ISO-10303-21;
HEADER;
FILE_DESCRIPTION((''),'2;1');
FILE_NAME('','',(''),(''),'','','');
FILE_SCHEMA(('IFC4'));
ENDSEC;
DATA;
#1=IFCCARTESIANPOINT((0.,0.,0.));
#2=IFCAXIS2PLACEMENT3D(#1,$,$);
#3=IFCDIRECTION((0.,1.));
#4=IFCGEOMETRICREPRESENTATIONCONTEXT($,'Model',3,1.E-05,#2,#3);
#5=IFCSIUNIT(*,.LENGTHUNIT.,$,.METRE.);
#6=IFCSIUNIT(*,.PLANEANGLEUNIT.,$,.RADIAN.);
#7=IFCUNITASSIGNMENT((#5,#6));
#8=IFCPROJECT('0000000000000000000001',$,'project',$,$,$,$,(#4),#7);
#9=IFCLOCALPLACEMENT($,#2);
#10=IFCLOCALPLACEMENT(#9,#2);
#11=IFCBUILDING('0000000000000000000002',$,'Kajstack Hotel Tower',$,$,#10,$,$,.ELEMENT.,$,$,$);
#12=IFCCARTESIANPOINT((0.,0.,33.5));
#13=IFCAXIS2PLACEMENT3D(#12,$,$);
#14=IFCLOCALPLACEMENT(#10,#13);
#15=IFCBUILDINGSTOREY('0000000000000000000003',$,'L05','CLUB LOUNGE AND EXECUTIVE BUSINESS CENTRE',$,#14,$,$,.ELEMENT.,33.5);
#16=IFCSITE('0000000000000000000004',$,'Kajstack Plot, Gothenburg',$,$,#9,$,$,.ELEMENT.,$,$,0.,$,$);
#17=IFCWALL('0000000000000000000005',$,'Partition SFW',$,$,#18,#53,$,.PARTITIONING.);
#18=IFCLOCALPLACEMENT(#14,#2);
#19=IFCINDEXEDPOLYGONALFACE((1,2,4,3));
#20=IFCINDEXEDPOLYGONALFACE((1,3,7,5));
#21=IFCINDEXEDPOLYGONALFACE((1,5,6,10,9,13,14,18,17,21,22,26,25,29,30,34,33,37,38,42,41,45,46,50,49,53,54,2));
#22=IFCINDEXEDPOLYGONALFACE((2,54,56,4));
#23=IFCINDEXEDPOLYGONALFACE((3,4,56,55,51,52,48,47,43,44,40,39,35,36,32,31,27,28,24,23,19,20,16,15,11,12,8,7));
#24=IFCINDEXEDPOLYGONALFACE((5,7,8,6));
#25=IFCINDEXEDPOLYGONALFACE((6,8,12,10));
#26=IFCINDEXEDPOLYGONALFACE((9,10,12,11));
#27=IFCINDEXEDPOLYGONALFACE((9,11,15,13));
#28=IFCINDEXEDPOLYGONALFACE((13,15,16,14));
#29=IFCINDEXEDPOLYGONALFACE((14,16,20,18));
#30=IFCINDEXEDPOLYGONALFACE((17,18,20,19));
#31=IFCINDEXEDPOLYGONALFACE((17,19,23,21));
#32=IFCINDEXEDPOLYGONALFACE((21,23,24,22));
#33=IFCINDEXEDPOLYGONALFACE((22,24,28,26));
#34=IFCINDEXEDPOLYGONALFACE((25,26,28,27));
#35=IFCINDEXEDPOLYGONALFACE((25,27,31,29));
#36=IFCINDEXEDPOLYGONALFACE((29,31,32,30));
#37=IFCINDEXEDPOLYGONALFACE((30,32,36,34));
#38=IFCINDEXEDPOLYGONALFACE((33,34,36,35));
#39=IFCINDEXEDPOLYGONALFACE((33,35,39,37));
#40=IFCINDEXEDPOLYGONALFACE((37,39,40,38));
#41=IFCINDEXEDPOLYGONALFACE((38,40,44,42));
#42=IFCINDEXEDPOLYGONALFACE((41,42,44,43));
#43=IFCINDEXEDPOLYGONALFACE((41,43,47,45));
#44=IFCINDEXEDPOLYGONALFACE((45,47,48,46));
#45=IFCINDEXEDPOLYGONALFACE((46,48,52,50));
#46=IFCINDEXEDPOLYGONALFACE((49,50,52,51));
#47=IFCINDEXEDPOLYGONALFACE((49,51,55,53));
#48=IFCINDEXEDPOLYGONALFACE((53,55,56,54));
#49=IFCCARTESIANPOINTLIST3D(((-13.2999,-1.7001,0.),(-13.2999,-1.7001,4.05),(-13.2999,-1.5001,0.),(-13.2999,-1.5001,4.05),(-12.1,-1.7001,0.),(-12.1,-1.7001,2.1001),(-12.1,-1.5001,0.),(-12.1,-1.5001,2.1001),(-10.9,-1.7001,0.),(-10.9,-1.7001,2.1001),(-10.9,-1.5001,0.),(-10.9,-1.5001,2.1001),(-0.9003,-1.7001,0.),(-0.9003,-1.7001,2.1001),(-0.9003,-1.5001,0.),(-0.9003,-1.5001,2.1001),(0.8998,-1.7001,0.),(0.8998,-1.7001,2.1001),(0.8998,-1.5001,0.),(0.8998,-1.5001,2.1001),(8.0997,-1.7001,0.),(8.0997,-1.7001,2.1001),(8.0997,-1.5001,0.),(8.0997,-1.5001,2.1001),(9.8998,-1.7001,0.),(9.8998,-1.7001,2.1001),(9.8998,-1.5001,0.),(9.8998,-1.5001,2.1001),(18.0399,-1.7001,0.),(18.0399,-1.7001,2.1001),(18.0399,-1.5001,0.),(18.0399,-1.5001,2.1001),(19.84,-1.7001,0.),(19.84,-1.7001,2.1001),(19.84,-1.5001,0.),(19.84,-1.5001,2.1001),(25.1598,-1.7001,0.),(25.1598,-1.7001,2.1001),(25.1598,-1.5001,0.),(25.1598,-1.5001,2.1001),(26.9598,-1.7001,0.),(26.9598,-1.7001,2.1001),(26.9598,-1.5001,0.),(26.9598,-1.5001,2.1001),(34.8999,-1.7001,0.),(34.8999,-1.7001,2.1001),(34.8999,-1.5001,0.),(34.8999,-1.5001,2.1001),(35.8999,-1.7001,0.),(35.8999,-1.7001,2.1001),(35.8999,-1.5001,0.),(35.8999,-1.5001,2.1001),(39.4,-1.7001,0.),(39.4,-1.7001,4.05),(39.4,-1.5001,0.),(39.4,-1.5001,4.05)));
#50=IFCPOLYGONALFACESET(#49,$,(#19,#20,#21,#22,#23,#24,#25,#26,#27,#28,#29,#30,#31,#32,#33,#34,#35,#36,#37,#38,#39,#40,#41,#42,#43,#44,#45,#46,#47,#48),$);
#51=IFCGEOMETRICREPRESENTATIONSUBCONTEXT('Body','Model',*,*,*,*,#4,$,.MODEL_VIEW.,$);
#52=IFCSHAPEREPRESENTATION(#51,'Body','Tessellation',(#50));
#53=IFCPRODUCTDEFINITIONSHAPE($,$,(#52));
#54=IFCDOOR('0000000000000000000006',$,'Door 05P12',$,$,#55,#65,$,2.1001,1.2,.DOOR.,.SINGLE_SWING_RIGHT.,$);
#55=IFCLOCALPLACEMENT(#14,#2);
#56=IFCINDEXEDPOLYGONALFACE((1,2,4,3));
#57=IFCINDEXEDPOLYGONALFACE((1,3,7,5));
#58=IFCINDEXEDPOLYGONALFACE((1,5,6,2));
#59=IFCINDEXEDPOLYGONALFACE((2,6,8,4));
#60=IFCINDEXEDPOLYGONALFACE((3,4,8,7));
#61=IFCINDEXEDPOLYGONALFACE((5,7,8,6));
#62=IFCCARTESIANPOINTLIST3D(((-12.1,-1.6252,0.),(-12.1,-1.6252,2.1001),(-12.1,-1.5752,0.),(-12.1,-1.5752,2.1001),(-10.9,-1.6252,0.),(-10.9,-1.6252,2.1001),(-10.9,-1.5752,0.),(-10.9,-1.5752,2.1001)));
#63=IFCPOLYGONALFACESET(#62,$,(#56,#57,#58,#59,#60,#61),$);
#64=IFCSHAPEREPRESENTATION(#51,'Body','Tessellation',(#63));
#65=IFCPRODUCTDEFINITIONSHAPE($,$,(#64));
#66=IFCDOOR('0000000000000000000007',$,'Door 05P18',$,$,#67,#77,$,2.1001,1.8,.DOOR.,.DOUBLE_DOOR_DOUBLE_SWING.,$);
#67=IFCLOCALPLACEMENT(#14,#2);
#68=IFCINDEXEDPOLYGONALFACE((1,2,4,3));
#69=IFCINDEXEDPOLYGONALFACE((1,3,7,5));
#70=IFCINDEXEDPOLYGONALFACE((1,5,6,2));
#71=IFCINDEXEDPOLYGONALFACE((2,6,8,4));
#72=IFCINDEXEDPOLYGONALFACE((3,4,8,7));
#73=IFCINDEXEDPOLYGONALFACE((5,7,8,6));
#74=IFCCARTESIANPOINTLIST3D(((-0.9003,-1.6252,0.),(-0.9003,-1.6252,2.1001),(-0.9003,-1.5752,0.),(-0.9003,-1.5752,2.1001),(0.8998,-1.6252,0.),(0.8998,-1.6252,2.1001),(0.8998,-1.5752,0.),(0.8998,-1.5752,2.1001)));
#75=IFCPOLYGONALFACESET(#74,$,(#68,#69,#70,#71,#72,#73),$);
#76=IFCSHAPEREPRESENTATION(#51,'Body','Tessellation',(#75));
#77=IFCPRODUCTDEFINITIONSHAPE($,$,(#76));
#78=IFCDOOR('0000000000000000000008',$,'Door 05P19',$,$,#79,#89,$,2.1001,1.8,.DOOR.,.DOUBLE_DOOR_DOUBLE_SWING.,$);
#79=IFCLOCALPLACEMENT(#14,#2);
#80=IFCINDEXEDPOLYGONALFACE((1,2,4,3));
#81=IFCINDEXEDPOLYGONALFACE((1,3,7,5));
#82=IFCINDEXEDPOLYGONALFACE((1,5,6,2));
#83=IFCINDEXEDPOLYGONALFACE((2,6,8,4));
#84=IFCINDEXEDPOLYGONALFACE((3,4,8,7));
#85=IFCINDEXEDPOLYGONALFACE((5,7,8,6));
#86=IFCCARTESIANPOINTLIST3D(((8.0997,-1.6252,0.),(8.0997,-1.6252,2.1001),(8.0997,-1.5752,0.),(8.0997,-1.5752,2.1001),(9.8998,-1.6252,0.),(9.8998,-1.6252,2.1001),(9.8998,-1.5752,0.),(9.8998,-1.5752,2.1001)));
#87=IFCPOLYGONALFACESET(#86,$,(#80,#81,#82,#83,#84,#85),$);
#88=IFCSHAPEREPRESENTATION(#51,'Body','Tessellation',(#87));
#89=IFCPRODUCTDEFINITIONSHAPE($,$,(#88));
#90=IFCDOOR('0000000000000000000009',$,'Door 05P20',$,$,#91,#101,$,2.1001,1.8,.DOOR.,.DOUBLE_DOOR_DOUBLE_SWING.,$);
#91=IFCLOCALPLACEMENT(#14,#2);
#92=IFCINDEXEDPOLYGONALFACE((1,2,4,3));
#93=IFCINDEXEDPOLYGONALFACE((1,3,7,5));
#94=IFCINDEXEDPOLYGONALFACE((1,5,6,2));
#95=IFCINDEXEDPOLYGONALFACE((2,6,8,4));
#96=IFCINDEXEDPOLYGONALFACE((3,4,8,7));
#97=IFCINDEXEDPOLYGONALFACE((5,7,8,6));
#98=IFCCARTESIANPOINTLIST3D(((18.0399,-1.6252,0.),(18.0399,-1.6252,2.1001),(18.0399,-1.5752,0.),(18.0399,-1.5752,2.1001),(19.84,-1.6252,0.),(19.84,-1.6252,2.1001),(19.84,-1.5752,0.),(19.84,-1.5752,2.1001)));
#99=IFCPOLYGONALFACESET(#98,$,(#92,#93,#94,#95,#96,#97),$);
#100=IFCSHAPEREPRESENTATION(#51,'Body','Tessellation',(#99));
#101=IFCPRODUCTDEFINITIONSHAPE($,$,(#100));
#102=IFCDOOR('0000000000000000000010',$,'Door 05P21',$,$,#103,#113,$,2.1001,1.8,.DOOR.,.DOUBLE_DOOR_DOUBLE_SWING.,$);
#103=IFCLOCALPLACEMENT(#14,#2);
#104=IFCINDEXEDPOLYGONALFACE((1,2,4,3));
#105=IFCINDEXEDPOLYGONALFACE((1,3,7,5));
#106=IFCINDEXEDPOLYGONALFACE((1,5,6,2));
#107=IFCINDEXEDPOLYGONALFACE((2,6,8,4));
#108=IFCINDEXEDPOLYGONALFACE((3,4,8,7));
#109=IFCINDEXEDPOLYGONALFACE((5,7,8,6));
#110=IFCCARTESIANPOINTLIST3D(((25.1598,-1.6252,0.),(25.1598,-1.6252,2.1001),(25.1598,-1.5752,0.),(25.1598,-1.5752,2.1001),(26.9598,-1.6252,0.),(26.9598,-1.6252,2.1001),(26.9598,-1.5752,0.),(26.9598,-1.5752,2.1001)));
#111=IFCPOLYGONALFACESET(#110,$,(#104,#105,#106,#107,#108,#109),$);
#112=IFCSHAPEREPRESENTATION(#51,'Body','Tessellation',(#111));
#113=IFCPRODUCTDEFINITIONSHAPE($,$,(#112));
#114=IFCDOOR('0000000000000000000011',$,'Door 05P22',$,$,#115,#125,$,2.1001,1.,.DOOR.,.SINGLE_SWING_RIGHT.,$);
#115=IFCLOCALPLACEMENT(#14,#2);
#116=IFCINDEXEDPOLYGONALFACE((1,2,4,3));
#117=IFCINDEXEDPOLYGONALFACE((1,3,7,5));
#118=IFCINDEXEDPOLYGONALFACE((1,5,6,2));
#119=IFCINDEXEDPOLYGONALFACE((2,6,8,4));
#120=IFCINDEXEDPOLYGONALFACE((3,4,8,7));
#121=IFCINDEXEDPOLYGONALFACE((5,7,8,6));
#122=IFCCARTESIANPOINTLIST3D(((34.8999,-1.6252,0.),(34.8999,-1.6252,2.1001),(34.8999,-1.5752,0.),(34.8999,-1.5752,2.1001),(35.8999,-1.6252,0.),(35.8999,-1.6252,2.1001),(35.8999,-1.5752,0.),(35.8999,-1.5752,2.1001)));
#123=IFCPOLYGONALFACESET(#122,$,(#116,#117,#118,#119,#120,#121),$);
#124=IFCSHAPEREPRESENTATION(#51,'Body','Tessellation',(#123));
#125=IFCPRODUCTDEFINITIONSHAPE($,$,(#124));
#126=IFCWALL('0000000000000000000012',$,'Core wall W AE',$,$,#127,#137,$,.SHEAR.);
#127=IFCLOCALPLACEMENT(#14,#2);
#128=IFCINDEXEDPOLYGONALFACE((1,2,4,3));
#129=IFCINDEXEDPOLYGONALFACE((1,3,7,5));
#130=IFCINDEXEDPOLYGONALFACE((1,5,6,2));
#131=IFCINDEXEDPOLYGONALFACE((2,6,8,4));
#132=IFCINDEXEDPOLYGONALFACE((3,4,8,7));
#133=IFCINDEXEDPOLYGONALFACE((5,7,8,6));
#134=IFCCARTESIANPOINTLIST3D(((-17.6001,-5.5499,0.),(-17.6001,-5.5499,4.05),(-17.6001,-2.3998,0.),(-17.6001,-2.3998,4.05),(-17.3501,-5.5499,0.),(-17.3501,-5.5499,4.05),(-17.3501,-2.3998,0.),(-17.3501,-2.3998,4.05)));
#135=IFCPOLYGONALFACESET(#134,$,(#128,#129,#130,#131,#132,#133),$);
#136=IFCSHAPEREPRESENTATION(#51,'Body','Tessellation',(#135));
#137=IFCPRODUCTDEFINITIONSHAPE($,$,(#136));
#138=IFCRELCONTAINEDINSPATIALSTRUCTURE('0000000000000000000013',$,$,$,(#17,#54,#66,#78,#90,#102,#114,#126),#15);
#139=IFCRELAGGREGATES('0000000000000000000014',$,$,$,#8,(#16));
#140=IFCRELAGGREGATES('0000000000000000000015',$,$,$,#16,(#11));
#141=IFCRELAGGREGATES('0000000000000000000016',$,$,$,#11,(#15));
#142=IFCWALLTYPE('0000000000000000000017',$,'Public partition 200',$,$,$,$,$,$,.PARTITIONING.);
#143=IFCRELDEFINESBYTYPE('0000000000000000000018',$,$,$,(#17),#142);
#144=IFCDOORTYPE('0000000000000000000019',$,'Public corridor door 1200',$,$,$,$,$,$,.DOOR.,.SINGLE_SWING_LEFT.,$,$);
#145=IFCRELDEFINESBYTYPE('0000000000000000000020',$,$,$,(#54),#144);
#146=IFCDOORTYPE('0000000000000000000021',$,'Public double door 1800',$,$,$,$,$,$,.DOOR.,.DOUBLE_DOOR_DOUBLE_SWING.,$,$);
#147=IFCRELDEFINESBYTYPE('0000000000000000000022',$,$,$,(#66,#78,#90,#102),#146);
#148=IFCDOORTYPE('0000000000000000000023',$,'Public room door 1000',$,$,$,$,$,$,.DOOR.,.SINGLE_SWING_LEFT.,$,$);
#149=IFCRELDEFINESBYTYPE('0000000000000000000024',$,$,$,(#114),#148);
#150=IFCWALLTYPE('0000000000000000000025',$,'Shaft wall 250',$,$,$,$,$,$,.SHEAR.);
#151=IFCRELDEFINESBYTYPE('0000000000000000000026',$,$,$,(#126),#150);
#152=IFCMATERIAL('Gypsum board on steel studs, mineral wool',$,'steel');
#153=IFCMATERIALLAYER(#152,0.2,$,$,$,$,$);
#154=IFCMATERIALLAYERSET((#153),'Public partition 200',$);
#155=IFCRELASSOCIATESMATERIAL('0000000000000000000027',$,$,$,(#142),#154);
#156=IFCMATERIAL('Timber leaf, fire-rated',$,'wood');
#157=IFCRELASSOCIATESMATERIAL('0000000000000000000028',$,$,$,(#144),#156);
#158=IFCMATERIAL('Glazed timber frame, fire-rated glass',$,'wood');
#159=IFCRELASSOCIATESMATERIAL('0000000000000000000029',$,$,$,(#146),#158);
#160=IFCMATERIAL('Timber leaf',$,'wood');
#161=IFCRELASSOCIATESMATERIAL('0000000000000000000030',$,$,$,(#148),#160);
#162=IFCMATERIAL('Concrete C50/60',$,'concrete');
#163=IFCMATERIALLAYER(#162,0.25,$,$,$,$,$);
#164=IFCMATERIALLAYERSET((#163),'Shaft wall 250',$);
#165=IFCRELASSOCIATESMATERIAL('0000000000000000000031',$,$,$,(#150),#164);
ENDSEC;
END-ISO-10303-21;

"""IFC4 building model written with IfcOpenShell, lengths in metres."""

from ifc_helpers import new_model, si_unit, direction, frame, frame_2d, origin, place, context, subcontext, project, spatial, rectangle, extrude, material, layer, layer_set, type_object, element, fill, save


model = new_model("IFC4")

# Units and contexts
model_context = context("Model", 3, precision=1e-05, world=origin(), true_north=direction((0.0, 1.0)))
body_context = subcontext(model_context, "Body", "Model", "MODEL_VIEW")
ifc_project = project(units=[si_unit("LENGTHUNIT", "METRE"), si_unit("PLANEANGLEUNIT", "RADIAN")], contexts=[model_context])

# Site, building, storey
site_placement = place(None, origin())
site = spatial("IfcSite", under=ifc_project, at=site_placement, Name="Kajstack Plot, Gothenburg", CompositionType="ELEMENT", RefElevation=0.0)
building_placement = place(site_placement, origin())
building = spatial("IfcBuilding", under=site, at=building_placement, Name="Kajstack Hotel Tower", CompositionType="ELEMENT")
storey_placement = place(building_placement, frame((0.0, 0.0, 33.5)))
storey = spatial("IfcBuildingStorey", under=building, at=storey_placement, Name="L05", Description="CLUB LOUNGE AND EXECUTIVE BUSINESS CENTRE", CompositionType="ELEMENT", Elevation=33.5)

# Shared definitions
ifc_material_1 = material(Name="Concrete C50/60", Category="concrete")

# Shared definitions
ifc_material_2 = material(Name="Gypsum board on steel studs, mineral wool", Category="steel")
ifc_layer_1 = layer(ifc_material_2, 0.2)
ifc_layer_set_1 = layer_set([ifc_layer_1], Name="Public partition 200")
wall_type_1 = type_object("IfcWallType", Name="Public partition 200", PredefinedType="PARTITIONING", material=ifc_layer_set_1)

# Shared definitions
ifc_material_3 = material(Name="Timber leaf", Category="wood")

# Wall, openings, doors
wall_1_placement = place(storey_placement, frame((-13.3, -1.6001, 0.0), z_axis=(0.0, 0.0, 1.0), x_axis=(1.0, 0.0, 0.0)))
wall_1 = element("IfcWall", 1, at=wall_1_placement, inside=storey, type_object=wall_type_1, Name="Partition SFW", PredefinedType="PARTITIONING", context=body_context, shape_type="SweptSolid", body=[
    extrude(rectangle(XDim=52.7, YDim=0.2, at=frame_2d((26.3501, 0.0))), origin(), (0.0, 0.0, 1.0), 4.05),
])
opening_1_placement = place(wall_1_placement, frame((1.2, 0.0, 0.0)))
opening_1 = element("IfcOpeningElement", 2, at=opening_1_placement, cuts=wall_1, PredefinedType="OPENING", context=body_context, shape_type="SweptSolid", body=[
    extrude(rectangle(XDim=1.2, YDim=2.1001, at=frame_2d((0.6001, 1.05))), frame((0.0, 0.1099, 0.0), z_axis=(0.0, -1.0, 0.0), x_axis=(1.0, 0.0, 0.0)), (0.0, 0.0, 1.0), 0.22),
])
opening_2_placement = place(wall_1_placement, frame((12.3999, 0.0, 0.0)))
opening_2 = element("IfcOpeningElement", 3, at=opening_2_placement, cuts=wall_1, PredefinedType="OPENING", context=body_context, shape_type="SweptSolid", body=[
    extrude(rectangle(XDim=1.8, YDim=2.1001, at=frame_2d((0.8999, 1.05))), frame((0.0, 0.1099, 0.0), z_axis=(0.0, -1.0, 0.0), x_axis=(1.0, 0.0, 0.0)), (0.0, 0.0, 1.0), 0.22),
])
opening_3_placement = place(wall_1_placement, frame((21.3999, 0.0, 0.0)))
opening_3 = element("IfcOpeningElement", 4, at=opening_3_placement, cuts=wall_1, PredefinedType="OPENING", context=body_context, shape_type="SweptSolid", body=[
    extrude(rectangle(XDim=1.8, YDim=2.1001, at=frame_2d((0.8999, 1.05))), frame((0.0, 0.1099, 0.0), z_axis=(0.0, -1.0, 0.0), x_axis=(1.0, 0.0, 0.0)), (0.0, 0.0, 1.0), 0.22),
])
opening_4_placement = place(wall_1_placement, frame((31.3401, 0.0, 0.0)))
opening_4 = element("IfcOpeningElement", 5, at=opening_4_placement, cuts=wall_1, PredefinedType="OPENING", context=body_context, shape_type="SweptSolid", body=[
    extrude(rectangle(XDim=1.8, YDim=2.1001, at=frame_2d((0.8999, 1.05))), frame((0.0, 0.1099, 0.0), z_axis=(0.0, -1.0, 0.0), x_axis=(1.0, 0.0, 0.0)), (0.0, 0.0, 1.0), 0.22),
])
opening_5_placement = place(wall_1_placement, frame((38.46, 0.0, 0.0)))
opening_5 = element("IfcOpeningElement", 6, at=opening_5_placement, cuts=wall_1, PredefinedType="OPENING", context=body_context, shape_type="SweptSolid", body=[
    extrude(rectangle(XDim=1.8, YDim=2.1001, at=frame_2d((0.8999, 1.05))), frame((0.0, 0.1099, 0.0), z_axis=(0.0, -1.0, 0.0), x_axis=(1.0, 0.0, 0.0)), (0.0, 0.0, 1.0), 0.22),
])
opening_6_placement = place(wall_1_placement, frame((48.2, 0.0, 0.0)))
opening_6 = element("IfcOpeningElement", 7, at=opening_6_placement, cuts=wall_1, PredefinedType="OPENING", context=body_context, shape_type="SweptSolid", body=[
    extrude(rectangle(XDim=1.0, YDim=2.1001, at=frame_2d((0.5, 1.05))), frame((0.0, 0.1099, 0.0), z_axis=(0.0, -1.0, 0.0), x_axis=(1.0, 0.0, 0.0)), (0.0, 0.0, 1.0), 0.22),
])
ifc_material_4 = material(Name="Timber leaf, fire-rated", Category="wood")
door_type_1 = type_object("IfcDoorType", Name="Public corridor door 1200", OperationType="SINGLE_SWING_LEFT", PredefinedType="DOOR", material=ifc_material_4)
door_1_placement = place(opening_1_placement, origin())
door_1 = element("IfcDoor", 8, at=door_1_placement, inside=storey, type_object=door_type_1, Name="Door 05P12", OperationType="SINGLE_SWING_RIGHT", OverallHeight=2.1001, OverallWidth=1.2, PredefinedType="DOOR", context=body_context, shape_type="SweptSolid", body=[
    extrude(rectangle(XDim=1.2, YDim=2.1001, at=frame_2d((0.6001, 1.05))), frame((0.0, 0.0249, 0.0), z_axis=(0.0, -1.0, 0.0), x_axis=(1.0, 0.0, 0.0)), (0.0, 0.0, 1.0), 0.05),
])
fill(opening_1, door_1)
ifc_material_5 = material(Name="Glazed timber frame, fire-rated glass", Category="wood")
door_type_2 = type_object("IfcDoorType", Name="Public double door 1800", OperationType="DOUBLE_DOOR_DOUBLE_SWING", PredefinedType="DOOR", material=ifc_material_5)
door_2_placement = place(opening_2_placement, origin())
door_2 = element("IfcDoor", 9, at=door_2_placement, inside=storey, type_object=door_type_2, Name="Door 05P18", OperationType="DOUBLE_DOOR_DOUBLE_SWING", OverallHeight=2.1001, OverallWidth=1.8, PredefinedType="DOOR", context=body_context, shape_type="SweptSolid", body=[
    extrude(rectangle(XDim=1.8, YDim=2.1001, at=frame_2d((0.8999, 1.05))), frame((0.0, 0.0249, 0.0), z_axis=(0.0, -1.0, 0.0), x_axis=(1.0, 0.0, 0.0)), (0.0, 0.0, 1.0), 0.05),
])
fill(opening_2, door_2)
door_3_placement = place(opening_3_placement, origin())
door_3 = element("IfcDoor", 10, at=door_3_placement, inside=storey, type_object=door_type_2, Name="Door 05P19", OperationType="DOUBLE_DOOR_DOUBLE_SWING", OverallHeight=2.1001, OverallWidth=1.8, PredefinedType="DOOR", context=body_context, shape_type="SweptSolid", body=[
    extrude(rectangle(XDim=1.8, YDim=2.1001, at=frame_2d((0.8999, 1.05))), frame((0.0, 0.0249, 0.0), z_axis=(0.0, -1.0, 0.0), x_axis=(1.0, 0.0, 0.0)), (0.0, 0.0, 1.0), 0.05),
])
fill(opening_3, door_3)
door_4_placement = place(opening_4_placement, origin())
door_4 = element("IfcDoor", 11, at=door_4_placement, inside=storey, type_object=door_type_2, Name="Door 05P20", OperationType="DOUBLE_DOOR_DOUBLE_SWING", OverallHeight=2.1001, OverallWidth=1.8, PredefinedType="DOOR", context=body_context, shape_type="SweptSolid", body=[
    extrude(rectangle(XDim=1.8, YDim=2.1001, at=frame_2d((0.8999, 1.05))), frame((0.0, 0.0249, 0.0), z_axis=(0.0, -1.0, 0.0), x_axis=(1.0, 0.0, 0.0)), (0.0, 0.0, 1.0), 0.05),
])
fill(opening_4, door_4)
door_5_placement = place(opening_5_placement, origin())
door_5 = element("IfcDoor", 12, at=door_5_placement, inside=storey, type_object=door_type_2, Name="Door 05P21", OperationType="DOUBLE_DOOR_DOUBLE_SWING", OverallHeight=2.1001, OverallWidth=1.8, PredefinedType="DOOR", context=body_context, shape_type="SweptSolid", body=[
    extrude(rectangle(XDim=1.8, YDim=2.1001, at=frame_2d((0.8999, 1.05))), frame((0.0, 0.0249, 0.0), z_axis=(0.0, -1.0, 0.0), x_axis=(1.0, 0.0, 0.0)), (0.0, 0.0, 1.0), 0.05),
])
fill(opening_5, door_5)
door_type_3 = type_object("IfcDoorType", Name="Public room door 1000", OperationType="SINGLE_SWING_LEFT", PredefinedType="DOOR", material=ifc_material_3)
door_6_placement = place(opening_6_placement, origin())
door_6 = element("IfcDoor", 13, at=door_6_placement, inside=storey, type_object=door_type_3, Name="Door 05P22", OperationType="SINGLE_SWING_RIGHT", OverallHeight=2.1001, OverallWidth=1.0, PredefinedType="DOOR", context=body_context, shape_type="SweptSolid", body=[
    extrude(rectangle(XDim=1.0, YDim=2.1001, at=frame_2d((0.5, 1.05))), frame((0.0, 0.0249, 0.0), z_axis=(0.0, -1.0, 0.0), x_axis=(1.0, 0.0, 0.0)), (0.0, 0.0, 1.0), 0.05),
])
fill(opening_6, door_6)

# Wall
ifc_layer_2 = layer(ifc_material_1, 0.25)
ifc_layer_set_2 = layer_set([ifc_layer_2], Name="Shaft wall 250")
wall_type_2 = type_object("IfcWallType", Name="Shaft wall 250", PredefinedType="SHEAR", material=ifc_layer_set_2)
wall_2_placement = place(storey_placement, frame((-17.4751, -5.55, 0.0), z_axis=(0.0, 0.0, 1.0), x_axis=(0.0, 1.0, 0.0)))
element("IfcWall", 14, at=wall_2_placement, inside=storey, type_object=wall_type_2, Name="Core wall W AE", PredefinedType="SHEAR", context=body_context, shape_type="SweptSolid", body=[
    extrude(rectangle(XDim=3.1501, YDim=0.25, at=frame_2d((1.5752, 0.0))), origin(), (0.0, 0.0, 1.0), 4.05),
])

save(model, "model.ifc")
